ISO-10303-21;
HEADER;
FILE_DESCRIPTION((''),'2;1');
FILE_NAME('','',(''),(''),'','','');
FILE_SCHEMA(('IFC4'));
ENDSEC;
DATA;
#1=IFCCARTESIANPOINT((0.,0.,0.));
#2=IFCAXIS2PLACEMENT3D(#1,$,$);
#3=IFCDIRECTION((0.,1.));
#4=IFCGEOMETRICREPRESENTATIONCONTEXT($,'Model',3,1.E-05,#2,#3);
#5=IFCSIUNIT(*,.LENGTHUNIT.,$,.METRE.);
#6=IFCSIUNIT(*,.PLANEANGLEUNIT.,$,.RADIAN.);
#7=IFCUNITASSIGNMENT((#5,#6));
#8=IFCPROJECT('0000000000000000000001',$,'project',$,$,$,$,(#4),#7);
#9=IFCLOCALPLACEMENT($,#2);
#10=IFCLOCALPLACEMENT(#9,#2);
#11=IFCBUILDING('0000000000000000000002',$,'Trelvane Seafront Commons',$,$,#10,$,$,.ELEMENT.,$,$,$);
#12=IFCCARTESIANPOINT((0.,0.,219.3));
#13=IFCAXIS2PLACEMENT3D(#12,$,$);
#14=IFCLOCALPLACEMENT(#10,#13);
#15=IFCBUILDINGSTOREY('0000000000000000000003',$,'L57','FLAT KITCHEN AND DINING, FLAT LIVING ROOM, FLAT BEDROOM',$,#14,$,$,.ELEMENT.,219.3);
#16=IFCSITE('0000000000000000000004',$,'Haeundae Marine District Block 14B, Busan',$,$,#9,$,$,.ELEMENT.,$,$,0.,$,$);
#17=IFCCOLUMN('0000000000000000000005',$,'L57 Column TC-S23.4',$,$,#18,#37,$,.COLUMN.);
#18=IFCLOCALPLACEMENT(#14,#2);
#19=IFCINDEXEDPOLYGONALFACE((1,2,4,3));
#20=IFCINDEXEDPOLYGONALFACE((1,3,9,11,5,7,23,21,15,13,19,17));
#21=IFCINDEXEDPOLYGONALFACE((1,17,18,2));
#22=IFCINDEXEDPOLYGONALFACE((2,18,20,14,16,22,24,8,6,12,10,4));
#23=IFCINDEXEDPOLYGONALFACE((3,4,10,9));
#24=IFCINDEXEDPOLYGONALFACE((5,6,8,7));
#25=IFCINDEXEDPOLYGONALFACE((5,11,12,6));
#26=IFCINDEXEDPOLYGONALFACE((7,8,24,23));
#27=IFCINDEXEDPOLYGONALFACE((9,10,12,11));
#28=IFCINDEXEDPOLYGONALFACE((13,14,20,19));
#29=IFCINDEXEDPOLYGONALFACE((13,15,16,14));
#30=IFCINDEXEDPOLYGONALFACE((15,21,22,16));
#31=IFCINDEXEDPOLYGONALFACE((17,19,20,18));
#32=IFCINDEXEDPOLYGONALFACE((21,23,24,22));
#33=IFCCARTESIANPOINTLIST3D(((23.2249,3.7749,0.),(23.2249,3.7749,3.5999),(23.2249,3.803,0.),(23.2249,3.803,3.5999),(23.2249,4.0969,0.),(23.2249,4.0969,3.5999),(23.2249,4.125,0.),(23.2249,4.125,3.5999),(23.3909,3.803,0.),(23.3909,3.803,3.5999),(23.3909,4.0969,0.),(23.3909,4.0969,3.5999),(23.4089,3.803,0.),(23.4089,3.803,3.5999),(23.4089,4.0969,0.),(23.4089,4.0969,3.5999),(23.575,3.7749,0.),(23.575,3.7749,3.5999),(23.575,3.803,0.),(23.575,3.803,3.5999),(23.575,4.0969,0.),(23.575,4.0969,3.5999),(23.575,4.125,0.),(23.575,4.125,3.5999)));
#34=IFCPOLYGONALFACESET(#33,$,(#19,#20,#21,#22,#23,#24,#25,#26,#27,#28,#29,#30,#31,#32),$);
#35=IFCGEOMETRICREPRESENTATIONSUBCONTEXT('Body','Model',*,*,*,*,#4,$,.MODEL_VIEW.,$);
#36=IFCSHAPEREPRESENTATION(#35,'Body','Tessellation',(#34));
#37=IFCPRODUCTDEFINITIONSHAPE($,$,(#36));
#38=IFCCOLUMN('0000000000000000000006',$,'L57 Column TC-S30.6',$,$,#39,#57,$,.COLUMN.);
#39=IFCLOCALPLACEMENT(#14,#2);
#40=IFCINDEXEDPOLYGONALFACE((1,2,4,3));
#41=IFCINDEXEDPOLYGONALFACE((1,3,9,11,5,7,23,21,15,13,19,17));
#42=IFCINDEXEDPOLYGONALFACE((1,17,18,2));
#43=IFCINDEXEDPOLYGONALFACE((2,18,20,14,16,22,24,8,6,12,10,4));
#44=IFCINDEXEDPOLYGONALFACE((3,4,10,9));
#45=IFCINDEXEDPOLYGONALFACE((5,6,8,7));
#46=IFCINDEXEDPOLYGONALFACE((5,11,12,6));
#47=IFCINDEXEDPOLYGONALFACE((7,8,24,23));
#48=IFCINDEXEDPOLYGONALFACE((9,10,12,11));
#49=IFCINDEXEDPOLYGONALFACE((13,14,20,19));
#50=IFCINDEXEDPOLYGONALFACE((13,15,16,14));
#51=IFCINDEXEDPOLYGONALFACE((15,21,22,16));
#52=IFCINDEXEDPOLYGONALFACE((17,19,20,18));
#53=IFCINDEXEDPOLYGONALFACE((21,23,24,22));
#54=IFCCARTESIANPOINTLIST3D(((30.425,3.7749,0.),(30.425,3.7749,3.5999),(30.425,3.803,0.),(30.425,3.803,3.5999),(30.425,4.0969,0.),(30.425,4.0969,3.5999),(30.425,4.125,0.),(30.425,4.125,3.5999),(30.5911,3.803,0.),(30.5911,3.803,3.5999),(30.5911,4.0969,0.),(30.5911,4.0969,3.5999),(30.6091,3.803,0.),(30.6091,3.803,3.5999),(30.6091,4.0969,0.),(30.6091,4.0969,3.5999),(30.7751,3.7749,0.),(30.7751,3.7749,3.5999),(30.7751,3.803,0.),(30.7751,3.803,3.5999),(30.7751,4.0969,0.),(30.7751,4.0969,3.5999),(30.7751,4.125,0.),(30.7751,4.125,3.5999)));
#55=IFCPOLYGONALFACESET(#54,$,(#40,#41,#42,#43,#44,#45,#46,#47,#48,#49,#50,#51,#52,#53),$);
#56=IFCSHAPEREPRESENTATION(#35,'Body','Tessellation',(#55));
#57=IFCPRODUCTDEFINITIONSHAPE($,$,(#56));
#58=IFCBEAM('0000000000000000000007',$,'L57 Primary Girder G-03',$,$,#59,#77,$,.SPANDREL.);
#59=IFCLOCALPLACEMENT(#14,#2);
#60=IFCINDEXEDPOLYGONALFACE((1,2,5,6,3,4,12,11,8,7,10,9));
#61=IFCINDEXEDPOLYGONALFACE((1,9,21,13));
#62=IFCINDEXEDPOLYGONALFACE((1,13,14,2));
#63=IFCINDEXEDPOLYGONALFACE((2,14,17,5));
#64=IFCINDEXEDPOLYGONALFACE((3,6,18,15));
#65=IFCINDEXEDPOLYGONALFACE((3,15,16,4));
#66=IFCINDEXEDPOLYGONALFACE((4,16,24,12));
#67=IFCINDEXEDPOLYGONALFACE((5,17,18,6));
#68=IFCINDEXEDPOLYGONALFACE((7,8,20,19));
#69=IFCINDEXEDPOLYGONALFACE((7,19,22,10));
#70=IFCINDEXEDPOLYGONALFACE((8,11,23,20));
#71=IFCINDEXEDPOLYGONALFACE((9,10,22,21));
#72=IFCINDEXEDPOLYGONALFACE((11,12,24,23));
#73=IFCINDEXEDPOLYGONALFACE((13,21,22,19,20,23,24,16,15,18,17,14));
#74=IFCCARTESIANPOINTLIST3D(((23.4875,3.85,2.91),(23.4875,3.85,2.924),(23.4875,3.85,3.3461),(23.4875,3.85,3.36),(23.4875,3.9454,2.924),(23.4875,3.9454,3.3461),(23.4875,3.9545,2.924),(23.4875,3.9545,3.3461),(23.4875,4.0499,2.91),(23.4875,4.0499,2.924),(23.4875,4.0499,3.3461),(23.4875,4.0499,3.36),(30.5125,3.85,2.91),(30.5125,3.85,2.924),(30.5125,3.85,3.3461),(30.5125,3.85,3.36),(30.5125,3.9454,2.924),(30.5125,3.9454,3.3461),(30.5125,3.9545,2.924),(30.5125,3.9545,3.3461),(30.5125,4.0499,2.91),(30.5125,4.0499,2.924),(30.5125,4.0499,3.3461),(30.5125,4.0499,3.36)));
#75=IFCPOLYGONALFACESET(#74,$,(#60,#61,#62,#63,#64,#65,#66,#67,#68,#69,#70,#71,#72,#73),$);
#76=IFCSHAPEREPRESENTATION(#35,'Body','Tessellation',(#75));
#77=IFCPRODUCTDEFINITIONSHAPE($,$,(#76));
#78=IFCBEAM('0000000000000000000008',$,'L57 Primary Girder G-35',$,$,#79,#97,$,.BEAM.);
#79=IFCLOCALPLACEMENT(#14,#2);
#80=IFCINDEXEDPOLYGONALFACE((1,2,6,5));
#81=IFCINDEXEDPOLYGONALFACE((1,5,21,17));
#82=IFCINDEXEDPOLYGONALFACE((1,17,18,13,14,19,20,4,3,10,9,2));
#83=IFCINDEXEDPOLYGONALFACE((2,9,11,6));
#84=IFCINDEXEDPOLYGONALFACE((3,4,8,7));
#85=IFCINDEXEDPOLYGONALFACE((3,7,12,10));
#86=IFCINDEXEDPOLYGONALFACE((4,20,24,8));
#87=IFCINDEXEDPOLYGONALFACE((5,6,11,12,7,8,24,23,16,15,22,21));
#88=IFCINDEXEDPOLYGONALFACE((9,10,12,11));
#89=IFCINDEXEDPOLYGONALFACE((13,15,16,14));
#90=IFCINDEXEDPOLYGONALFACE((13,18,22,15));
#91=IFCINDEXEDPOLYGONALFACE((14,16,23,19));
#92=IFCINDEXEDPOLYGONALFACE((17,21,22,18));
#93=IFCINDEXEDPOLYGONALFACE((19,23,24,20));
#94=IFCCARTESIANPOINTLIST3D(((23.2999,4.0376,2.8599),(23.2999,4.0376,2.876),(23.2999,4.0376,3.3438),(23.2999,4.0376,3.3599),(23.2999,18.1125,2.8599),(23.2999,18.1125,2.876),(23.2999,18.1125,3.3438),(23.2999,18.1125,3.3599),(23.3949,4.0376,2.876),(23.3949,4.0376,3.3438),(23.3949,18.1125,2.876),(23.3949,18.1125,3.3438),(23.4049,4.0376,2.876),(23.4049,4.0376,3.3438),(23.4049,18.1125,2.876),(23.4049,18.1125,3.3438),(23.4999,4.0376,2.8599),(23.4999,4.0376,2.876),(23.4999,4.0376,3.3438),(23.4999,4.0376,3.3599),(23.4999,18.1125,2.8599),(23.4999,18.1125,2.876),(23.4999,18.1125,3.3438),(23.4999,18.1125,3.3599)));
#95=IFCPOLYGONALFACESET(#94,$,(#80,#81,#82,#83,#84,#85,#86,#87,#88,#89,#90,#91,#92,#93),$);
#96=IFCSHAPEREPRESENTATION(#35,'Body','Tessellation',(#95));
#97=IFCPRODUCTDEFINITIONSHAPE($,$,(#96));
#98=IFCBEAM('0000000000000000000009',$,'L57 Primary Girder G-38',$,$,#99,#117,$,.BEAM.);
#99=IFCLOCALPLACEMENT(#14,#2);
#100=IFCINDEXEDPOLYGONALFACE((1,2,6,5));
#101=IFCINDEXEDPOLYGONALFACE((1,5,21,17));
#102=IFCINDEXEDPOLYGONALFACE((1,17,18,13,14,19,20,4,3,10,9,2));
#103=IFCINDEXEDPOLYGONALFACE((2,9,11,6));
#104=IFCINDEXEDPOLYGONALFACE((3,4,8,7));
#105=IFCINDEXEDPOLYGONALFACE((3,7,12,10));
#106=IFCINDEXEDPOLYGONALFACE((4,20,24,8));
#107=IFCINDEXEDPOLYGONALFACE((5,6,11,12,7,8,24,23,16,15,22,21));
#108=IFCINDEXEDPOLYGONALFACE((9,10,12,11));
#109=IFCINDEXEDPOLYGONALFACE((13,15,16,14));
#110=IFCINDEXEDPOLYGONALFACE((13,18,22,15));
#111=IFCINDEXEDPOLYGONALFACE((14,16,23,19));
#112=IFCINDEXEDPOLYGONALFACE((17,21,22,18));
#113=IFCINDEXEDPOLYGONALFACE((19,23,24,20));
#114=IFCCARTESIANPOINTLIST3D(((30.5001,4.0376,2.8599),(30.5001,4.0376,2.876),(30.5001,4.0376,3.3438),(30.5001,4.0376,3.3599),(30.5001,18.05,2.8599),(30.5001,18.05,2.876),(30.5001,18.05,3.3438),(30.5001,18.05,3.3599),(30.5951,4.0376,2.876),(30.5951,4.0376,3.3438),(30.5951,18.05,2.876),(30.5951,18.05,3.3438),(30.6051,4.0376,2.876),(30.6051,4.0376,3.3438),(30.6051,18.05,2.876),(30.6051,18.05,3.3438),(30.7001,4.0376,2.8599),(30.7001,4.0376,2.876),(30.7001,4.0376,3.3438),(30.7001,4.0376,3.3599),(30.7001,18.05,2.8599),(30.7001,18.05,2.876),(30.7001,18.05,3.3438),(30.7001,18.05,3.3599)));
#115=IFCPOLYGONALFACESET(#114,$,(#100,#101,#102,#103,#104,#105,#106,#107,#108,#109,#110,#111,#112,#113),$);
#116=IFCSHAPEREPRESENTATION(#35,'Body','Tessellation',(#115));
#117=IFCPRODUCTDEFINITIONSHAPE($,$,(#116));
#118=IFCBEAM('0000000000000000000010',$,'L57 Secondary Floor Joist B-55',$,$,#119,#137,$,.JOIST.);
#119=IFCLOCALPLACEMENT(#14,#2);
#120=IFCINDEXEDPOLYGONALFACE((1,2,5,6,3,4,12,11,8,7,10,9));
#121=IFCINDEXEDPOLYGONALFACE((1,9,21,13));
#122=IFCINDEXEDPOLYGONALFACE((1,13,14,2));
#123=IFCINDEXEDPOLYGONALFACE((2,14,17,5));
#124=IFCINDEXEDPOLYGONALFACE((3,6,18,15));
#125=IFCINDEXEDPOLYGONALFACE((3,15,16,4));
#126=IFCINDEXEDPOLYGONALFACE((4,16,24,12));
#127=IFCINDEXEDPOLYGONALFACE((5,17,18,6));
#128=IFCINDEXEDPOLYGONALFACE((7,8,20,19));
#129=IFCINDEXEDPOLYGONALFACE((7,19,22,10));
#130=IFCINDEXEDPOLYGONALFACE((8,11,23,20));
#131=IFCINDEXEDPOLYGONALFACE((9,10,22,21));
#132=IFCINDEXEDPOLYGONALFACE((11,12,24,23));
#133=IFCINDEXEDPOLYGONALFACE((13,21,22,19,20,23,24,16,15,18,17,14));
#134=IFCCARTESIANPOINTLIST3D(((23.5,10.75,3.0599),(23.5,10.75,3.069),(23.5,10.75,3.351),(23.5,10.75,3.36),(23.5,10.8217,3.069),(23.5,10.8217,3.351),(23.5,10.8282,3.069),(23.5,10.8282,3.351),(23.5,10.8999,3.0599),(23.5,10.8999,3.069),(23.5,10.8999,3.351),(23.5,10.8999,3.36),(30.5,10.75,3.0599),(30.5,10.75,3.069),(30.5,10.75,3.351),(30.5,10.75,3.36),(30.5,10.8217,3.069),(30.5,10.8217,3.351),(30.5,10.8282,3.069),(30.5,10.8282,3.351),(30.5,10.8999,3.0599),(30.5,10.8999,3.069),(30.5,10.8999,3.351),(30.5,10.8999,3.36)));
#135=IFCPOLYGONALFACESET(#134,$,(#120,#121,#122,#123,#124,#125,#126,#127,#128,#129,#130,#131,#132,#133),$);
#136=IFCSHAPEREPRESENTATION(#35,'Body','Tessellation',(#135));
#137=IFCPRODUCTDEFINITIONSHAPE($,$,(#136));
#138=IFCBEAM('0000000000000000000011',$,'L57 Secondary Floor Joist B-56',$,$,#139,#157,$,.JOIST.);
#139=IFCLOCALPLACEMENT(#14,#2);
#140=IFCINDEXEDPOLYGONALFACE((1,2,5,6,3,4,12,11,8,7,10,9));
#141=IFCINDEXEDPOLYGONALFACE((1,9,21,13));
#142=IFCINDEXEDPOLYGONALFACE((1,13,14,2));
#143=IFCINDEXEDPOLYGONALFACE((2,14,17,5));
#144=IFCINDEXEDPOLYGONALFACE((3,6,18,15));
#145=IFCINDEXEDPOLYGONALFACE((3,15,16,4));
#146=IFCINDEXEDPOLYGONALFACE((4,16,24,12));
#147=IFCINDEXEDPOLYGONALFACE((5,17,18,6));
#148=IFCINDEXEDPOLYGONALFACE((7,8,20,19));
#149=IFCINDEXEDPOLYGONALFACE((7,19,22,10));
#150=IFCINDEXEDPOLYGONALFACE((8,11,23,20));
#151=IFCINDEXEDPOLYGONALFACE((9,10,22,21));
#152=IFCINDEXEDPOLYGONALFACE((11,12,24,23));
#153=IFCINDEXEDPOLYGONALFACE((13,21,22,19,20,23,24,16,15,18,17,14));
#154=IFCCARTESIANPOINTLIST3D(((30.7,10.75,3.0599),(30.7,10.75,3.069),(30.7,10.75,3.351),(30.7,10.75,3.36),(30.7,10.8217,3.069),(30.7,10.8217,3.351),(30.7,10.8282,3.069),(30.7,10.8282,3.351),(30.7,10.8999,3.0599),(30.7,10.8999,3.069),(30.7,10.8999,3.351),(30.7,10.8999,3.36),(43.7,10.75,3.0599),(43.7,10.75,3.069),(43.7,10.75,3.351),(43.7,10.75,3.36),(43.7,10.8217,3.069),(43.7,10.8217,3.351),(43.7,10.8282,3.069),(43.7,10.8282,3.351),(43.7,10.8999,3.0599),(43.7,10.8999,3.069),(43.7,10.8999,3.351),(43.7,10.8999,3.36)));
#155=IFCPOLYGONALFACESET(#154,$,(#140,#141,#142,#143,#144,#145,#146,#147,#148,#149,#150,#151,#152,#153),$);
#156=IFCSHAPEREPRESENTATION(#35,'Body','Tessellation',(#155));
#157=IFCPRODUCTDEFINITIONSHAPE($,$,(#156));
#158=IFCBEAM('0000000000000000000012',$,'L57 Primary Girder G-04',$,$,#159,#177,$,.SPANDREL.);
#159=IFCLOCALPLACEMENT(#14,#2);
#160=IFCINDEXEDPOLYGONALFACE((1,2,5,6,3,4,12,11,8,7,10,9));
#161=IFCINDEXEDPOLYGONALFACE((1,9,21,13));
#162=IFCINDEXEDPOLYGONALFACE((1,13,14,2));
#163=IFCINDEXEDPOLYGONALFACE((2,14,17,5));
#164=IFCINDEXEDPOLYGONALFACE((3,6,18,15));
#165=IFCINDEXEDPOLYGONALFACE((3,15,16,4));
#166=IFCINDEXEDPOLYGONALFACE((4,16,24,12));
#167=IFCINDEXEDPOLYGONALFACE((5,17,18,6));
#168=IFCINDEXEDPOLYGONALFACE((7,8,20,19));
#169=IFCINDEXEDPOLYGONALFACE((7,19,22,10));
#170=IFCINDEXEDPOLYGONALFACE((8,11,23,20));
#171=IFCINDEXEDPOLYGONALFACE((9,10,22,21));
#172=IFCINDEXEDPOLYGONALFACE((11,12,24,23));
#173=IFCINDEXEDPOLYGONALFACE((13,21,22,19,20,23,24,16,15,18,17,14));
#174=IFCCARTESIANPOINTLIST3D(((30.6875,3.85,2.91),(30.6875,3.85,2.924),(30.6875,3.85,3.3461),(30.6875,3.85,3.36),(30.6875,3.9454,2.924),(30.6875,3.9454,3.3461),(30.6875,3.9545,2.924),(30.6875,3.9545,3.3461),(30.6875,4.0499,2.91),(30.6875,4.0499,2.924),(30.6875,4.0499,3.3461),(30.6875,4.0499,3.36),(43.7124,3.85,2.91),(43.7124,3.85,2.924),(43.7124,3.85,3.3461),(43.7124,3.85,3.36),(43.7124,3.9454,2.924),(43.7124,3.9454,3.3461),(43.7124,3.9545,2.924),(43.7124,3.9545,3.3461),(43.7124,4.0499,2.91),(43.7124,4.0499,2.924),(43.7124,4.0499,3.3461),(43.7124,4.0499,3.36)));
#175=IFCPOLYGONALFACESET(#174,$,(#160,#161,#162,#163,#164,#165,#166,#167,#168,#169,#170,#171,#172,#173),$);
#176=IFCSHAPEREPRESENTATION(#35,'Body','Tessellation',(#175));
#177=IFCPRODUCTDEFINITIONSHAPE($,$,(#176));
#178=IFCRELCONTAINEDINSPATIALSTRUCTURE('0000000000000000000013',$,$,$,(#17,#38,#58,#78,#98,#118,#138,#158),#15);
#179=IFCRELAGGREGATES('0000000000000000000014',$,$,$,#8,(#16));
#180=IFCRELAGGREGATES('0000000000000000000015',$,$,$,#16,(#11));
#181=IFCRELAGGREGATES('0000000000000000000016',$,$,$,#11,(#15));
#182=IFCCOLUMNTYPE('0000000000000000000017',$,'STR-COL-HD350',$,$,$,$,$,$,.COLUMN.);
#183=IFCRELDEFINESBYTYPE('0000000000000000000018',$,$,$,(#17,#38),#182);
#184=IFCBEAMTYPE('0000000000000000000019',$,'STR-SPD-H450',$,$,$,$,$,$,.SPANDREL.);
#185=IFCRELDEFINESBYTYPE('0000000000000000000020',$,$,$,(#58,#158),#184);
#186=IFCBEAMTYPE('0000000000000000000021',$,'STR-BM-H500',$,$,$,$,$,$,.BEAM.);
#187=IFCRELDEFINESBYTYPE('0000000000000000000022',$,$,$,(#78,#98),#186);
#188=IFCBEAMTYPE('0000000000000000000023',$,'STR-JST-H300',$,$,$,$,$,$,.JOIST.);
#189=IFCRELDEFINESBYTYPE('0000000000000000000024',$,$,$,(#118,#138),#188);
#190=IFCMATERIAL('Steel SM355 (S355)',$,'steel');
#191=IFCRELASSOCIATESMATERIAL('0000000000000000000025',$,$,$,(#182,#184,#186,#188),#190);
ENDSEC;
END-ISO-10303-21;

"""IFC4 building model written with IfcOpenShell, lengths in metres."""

from ifc_helpers import new_model, si_unit, direction, frame, origin, origin_2d, place, context, subcontext, project, spatial, i_section, extrude, source, transform, mapped, material, material_profile, profile_set, type_object, element, save


model = new_model("IFC4")

# Units and contexts
model_context = context("Model", 3, precision=1e-05, world=origin(), true_north=direction((0.0, 1.0)))
body_context = subcontext(model_context, "Body", "Model", "MODEL_VIEW")
ifc_project = project(units=[si_unit("LENGTHUNIT", "METRE"), si_unit("PLANEANGLEUNIT", "RADIAN")], contexts=[model_context])

# Site, building, storey
site_placement = place(None, origin())
site = spatial("IfcSite", under=ifc_project, at=site_placement, Name="Haeundae Marine District Block 14B, Busan", CompositionType="ELEMENT", RefElevation=0.0)
building_placement = place(site_placement, origin())
building = spatial("IfcBuilding", under=site, at=building_placement, Name="Trelvane Seafront Commons", CompositionType="ELEMENT")
storey_placement = place(building_placement, frame((0.0, 0.0, 219.3)))
storey = spatial("IfcBuildingStorey", under=building, at=storey_placement, Name="L57", Description="FLAT KITCHEN AND DINING, FLAT LIVING ROOM, FLAT BEDROOM", CompositionType="ELEMENT", Elevation=219.3)

# Columns
ifc_material_1 = material(Name="Steel SM355 (S355)", Category="steel")
ifc_material_profile_1 = material_profile(ifc_material_1, i_section(OverallWidth=0.3501, OverallDepth=0.3501, WebThickness=0.0181, FlangeThickness=0.0281, at=origin_2d()), Name="HD-350x350x18x28")
ifc_profile_set_1 = profile_set([ifc_material_profile_1], Name="Steel SM355 (S355)")
column_type = type_object("IfcColumnType", Name="STR-COL-HD350", PredefinedType="COLUMN", material=ifc_profile_set_1)
shared_shape_1 = source(origin(), body_context, "Body", "SweptSolid", [
    extrude(i_section(OverallWidth=0.3501, OverallDepth=0.3501, WebThickness=0.0181, FlangeThickness=0.0281, at=origin_2d()), origin(), (0.0, 0.0, 1.0), 3.5999),
])
for number, where, z_axis, x_axis, name in (
    (1, (23.3999, 3.95, 0.0), (0.0, 0.0, 1.0), (1.0, 0.0, 0.0), "L57 Column TC-S23.4"),
    (2, (30.6001, 3.95, 0.0), (0.0, 0.0, 1.0), (1.0, 0.0, 0.0), "L57 Column TC-S30.6"),
):
    element("IfcColumn", number, at=place(storey_placement, frame(where, z_axis=z_axis, x_axis=x_axis)), inside=storey, type_object=column_type, Name=name, PredefinedType="COLUMN", context=body_context, shape_type="MappedRepresentation", body=[
        mapped(shared_shape_1, transform((0.0, 0.0, 0.0), x_axis=(1.0, 0.0, 0.0), y_axis=(0.0, 1.0, 0.0), z_axis=(0.0, 0.0, 1.0), scale=1.0)),
    ])

# Beams
ifc_material_profile_2 = material_profile(ifc_material_1, i_section(OverallWidth=0.2, OverallDepth=0.45, WebThickness=0.009, FlangeThickness=0.0139, at=origin_2d()), Name="H-450x200x9x14")
ifc_profile_set_2 = profile_set([ifc_material_profile_2], Name="Steel SM355 (S355)")
beam_type_1 = type_object("IfcBeamType", Name="STR-SPD-H450", PredefinedType="SPANDREL", material=ifc_profile_set_2)
shared_shape_2 = source(origin(), body_context, "Body", "SweptSolid", [
    extrude(i_section(OverallWidth=0.2, OverallDepth=0.45, WebThickness=0.009, FlangeThickness=0.0139, at=origin_2d()), origin(), (0.0, 0.0, 1.0), 7.0249),
])
beam_1_placement = place(storey_placement, frame((23.4875, 3.95, 3.135), z_axis=(1.0, 0.0, 0.0), x_axis=(0.0, 1.0, 0.0)))
element("IfcBeam", 3, at=beam_1_placement, inside=storey, type_object=beam_type_1, Name="L57 Primary Girder G-03", PredefinedType="SPANDREL", context=body_context, shape_type="MappedRepresentation", body=[
    mapped(shared_shape_2, transform((0.0, 0.0, 0.0), x_axis=(1.0, 0.0, 0.0), y_axis=(0.0, 1.0, 0.0), z_axis=(0.0, 0.0, 1.0), scale=1.0)),
])
ifc_material_profile_3 = material_profile(ifc_material_1, i_section(OverallWidth=0.2, OverallDepth=0.5, WebThickness=0.01, FlangeThickness=0.0161, at=origin_2d()), Name="H-500x200x10x16")
ifc_profile_set_3 = profile_set([ifc_material_profile_3], Name="Steel SM355 (S355)")
beam_type_2 = type_object("IfcBeamType", Name="STR-BM-H500", PredefinedType="BEAM", material=ifc_profile_set_3)
shared_shape_3 = source(origin(), body_context, "Body", "SweptSolid", [
    extrude(i_section(OverallWidth=0.2, OverallDepth=0.5, WebThickness=0.01, FlangeThickness=0.0161, at=origin_2d()), origin(), (0.0, 0.0, 1.0), 14.075),
])
beam_2_placement = place(storey_placement, frame((23.3999, 4.0376, 3.1099), z_axis=(0.0, 1.0, 0.0), x_axis=(-1.0, 0.0, 0.0)))
element("IfcBeam", 4, at=beam_2_placement, inside=storey, type_object=beam_type_2, Name="L57 Primary Girder G-35", PredefinedType="BEAM", context=body_context, shape_type="MappedRepresentation", body=[
    mapped(shared_shape_3, transform((0.0, 0.0, 0.0), x_axis=(1.0, 0.0, 0.0), y_axis=(0.0, 1.0, 0.0), z_axis=(0.0, 0.0, 1.0), scale=1.0)),
])
shared_shape_4 = source(origin(), body_context, "Body", "SweptSolid", [
    extrude(i_section(OverallWidth=0.2, OverallDepth=0.5, WebThickness=0.01, FlangeThickness=0.0161, at=origin_2d()), origin(), (0.0, 0.0, 1.0), 14.0125),
])
beam_3_placement = place(storey_placement, frame((30.6001, 4.0376, 3.1099), z_axis=(0.0, 1.0, 0.0), x_axis=(-1.0, 0.0, 0.0)))
element("IfcBeam", 5, at=beam_3_placement, inside=storey, type_object=beam_type_2, Name="L57 Primary Girder G-38", PredefinedType="BEAM", context=body_context, shape_type="MappedRepresentation", body=[
    mapped(shared_shape_4, transform((0.0, 0.0, 0.0), x_axis=(1.0, 0.0, 0.0), y_axis=(0.0, 1.0, 0.0), z_axis=(0.0, 0.0, 1.0), scale=1.0)),
])
ifc_material_profile_4 = material_profile(ifc_material_1, i_section(OverallWidth=0.1499, OverallDepth=0.3, WebThickness=0.0066, FlangeThickness=0.009, at=origin_2d()), Name="H-300x150x6.5x9")
ifc_profile_set_4 = profile_set([ifc_material_profile_4], Name="Steel SM355 (S355)")
beam_type_3 = type_object("IfcBeamType", Name="STR-JST-H300", PredefinedType="JOIST", material=ifc_profile_set_4)
shared_shape_5 = source(origin(), body_context, "Body", "SweptSolid", [
    extrude(i_section(OverallWidth=0.1499, OverallDepth=0.3, WebThickness=0.0066, FlangeThickness=0.009, at=origin_2d()), origin(), (0.0, 0.0, 1.0), 7.0),
])
beam_4_placement = place(storey_placement, frame((23.5, 10.825, 3.21), z_axis=(1.0, 0.0, 0.0), x_axis=(0.0, 1.0, 0.0)))
element("IfcBeam", 6, at=beam_4_placement, inside=storey, type_object=beam_type_3, Name="L57 Secondary Floor Joist B-55", PredefinedType="JOIST", context=body_context, shape_type="MappedRepresentation", body=[
    mapped(shared_shape_5, transform((0.0, 0.0, 0.0), x_axis=(1.0, 0.0, 0.0), y_axis=(0.0, 1.0, 0.0), z_axis=(0.0, 0.0, 1.0), scale=1.0)),
])
shared_shape_6 = source(origin(), body_context, "Body", "SweptSolid", [
    extrude(i_section(OverallWidth=0.1499, OverallDepth=0.3, WebThickness=0.0066, FlangeThickness=0.009, at=origin_2d()), origin(), (0.0, 0.0, 1.0), 13.0),
])
beam_5_placement = place(storey_placement, frame((30.7, 10.825, 3.21), z_axis=(1.0, 0.0, 0.0), x_axis=(0.0, 1.0, 0.0)))
element("IfcBeam", 7, at=beam_5_placement, inside=storey, type_object=beam_type_3, Name="L57 Secondary Floor Joist B-56", PredefinedType="JOIST", context=body_context, shape_type="MappedRepresentation", body=[
    mapped(shared_shape_6, transform((0.0, 0.0, 0.0), x_axis=(1.0, 0.0, 0.0), y_axis=(0.0, 1.0, 0.0), z_axis=(0.0, 0.0, 1.0), scale=1.0)),
])
shared_shape_7 = source(origin(), body_context, "Body", "SweptSolid", [
    extrude(i_section(OverallWidth=0.2, OverallDepth=0.45, WebThickness=0.009, FlangeThickness=0.0139, at=origin_2d()), origin(), (0.0, 0.0, 1.0), 13.0249),
])
beam_6_placement = place(storey_placement, frame((30.6875, 3.95, 3.135), z_axis=(1.0, 0.0, 0.0), x_axis=(0.0, 1.0, 0.0)))
element("IfcBeam", 8, at=beam_6_placement, inside=storey, type_object=beam_type_1, Name="L57 Primary Girder G-04", PredefinedType="SPANDREL", context=body_context, shape_type="MappedRepresentation", body=[
    mapped(shared_shape_7, transform((0.0, 0.0, 0.0), x_axis=(1.0, 0.0, 0.0), y_axis=(0.0, 1.0, 0.0), z_axis=(0.0, 0.0, 1.0), scale=1.0)),
])

save(model, "model.ifc")
